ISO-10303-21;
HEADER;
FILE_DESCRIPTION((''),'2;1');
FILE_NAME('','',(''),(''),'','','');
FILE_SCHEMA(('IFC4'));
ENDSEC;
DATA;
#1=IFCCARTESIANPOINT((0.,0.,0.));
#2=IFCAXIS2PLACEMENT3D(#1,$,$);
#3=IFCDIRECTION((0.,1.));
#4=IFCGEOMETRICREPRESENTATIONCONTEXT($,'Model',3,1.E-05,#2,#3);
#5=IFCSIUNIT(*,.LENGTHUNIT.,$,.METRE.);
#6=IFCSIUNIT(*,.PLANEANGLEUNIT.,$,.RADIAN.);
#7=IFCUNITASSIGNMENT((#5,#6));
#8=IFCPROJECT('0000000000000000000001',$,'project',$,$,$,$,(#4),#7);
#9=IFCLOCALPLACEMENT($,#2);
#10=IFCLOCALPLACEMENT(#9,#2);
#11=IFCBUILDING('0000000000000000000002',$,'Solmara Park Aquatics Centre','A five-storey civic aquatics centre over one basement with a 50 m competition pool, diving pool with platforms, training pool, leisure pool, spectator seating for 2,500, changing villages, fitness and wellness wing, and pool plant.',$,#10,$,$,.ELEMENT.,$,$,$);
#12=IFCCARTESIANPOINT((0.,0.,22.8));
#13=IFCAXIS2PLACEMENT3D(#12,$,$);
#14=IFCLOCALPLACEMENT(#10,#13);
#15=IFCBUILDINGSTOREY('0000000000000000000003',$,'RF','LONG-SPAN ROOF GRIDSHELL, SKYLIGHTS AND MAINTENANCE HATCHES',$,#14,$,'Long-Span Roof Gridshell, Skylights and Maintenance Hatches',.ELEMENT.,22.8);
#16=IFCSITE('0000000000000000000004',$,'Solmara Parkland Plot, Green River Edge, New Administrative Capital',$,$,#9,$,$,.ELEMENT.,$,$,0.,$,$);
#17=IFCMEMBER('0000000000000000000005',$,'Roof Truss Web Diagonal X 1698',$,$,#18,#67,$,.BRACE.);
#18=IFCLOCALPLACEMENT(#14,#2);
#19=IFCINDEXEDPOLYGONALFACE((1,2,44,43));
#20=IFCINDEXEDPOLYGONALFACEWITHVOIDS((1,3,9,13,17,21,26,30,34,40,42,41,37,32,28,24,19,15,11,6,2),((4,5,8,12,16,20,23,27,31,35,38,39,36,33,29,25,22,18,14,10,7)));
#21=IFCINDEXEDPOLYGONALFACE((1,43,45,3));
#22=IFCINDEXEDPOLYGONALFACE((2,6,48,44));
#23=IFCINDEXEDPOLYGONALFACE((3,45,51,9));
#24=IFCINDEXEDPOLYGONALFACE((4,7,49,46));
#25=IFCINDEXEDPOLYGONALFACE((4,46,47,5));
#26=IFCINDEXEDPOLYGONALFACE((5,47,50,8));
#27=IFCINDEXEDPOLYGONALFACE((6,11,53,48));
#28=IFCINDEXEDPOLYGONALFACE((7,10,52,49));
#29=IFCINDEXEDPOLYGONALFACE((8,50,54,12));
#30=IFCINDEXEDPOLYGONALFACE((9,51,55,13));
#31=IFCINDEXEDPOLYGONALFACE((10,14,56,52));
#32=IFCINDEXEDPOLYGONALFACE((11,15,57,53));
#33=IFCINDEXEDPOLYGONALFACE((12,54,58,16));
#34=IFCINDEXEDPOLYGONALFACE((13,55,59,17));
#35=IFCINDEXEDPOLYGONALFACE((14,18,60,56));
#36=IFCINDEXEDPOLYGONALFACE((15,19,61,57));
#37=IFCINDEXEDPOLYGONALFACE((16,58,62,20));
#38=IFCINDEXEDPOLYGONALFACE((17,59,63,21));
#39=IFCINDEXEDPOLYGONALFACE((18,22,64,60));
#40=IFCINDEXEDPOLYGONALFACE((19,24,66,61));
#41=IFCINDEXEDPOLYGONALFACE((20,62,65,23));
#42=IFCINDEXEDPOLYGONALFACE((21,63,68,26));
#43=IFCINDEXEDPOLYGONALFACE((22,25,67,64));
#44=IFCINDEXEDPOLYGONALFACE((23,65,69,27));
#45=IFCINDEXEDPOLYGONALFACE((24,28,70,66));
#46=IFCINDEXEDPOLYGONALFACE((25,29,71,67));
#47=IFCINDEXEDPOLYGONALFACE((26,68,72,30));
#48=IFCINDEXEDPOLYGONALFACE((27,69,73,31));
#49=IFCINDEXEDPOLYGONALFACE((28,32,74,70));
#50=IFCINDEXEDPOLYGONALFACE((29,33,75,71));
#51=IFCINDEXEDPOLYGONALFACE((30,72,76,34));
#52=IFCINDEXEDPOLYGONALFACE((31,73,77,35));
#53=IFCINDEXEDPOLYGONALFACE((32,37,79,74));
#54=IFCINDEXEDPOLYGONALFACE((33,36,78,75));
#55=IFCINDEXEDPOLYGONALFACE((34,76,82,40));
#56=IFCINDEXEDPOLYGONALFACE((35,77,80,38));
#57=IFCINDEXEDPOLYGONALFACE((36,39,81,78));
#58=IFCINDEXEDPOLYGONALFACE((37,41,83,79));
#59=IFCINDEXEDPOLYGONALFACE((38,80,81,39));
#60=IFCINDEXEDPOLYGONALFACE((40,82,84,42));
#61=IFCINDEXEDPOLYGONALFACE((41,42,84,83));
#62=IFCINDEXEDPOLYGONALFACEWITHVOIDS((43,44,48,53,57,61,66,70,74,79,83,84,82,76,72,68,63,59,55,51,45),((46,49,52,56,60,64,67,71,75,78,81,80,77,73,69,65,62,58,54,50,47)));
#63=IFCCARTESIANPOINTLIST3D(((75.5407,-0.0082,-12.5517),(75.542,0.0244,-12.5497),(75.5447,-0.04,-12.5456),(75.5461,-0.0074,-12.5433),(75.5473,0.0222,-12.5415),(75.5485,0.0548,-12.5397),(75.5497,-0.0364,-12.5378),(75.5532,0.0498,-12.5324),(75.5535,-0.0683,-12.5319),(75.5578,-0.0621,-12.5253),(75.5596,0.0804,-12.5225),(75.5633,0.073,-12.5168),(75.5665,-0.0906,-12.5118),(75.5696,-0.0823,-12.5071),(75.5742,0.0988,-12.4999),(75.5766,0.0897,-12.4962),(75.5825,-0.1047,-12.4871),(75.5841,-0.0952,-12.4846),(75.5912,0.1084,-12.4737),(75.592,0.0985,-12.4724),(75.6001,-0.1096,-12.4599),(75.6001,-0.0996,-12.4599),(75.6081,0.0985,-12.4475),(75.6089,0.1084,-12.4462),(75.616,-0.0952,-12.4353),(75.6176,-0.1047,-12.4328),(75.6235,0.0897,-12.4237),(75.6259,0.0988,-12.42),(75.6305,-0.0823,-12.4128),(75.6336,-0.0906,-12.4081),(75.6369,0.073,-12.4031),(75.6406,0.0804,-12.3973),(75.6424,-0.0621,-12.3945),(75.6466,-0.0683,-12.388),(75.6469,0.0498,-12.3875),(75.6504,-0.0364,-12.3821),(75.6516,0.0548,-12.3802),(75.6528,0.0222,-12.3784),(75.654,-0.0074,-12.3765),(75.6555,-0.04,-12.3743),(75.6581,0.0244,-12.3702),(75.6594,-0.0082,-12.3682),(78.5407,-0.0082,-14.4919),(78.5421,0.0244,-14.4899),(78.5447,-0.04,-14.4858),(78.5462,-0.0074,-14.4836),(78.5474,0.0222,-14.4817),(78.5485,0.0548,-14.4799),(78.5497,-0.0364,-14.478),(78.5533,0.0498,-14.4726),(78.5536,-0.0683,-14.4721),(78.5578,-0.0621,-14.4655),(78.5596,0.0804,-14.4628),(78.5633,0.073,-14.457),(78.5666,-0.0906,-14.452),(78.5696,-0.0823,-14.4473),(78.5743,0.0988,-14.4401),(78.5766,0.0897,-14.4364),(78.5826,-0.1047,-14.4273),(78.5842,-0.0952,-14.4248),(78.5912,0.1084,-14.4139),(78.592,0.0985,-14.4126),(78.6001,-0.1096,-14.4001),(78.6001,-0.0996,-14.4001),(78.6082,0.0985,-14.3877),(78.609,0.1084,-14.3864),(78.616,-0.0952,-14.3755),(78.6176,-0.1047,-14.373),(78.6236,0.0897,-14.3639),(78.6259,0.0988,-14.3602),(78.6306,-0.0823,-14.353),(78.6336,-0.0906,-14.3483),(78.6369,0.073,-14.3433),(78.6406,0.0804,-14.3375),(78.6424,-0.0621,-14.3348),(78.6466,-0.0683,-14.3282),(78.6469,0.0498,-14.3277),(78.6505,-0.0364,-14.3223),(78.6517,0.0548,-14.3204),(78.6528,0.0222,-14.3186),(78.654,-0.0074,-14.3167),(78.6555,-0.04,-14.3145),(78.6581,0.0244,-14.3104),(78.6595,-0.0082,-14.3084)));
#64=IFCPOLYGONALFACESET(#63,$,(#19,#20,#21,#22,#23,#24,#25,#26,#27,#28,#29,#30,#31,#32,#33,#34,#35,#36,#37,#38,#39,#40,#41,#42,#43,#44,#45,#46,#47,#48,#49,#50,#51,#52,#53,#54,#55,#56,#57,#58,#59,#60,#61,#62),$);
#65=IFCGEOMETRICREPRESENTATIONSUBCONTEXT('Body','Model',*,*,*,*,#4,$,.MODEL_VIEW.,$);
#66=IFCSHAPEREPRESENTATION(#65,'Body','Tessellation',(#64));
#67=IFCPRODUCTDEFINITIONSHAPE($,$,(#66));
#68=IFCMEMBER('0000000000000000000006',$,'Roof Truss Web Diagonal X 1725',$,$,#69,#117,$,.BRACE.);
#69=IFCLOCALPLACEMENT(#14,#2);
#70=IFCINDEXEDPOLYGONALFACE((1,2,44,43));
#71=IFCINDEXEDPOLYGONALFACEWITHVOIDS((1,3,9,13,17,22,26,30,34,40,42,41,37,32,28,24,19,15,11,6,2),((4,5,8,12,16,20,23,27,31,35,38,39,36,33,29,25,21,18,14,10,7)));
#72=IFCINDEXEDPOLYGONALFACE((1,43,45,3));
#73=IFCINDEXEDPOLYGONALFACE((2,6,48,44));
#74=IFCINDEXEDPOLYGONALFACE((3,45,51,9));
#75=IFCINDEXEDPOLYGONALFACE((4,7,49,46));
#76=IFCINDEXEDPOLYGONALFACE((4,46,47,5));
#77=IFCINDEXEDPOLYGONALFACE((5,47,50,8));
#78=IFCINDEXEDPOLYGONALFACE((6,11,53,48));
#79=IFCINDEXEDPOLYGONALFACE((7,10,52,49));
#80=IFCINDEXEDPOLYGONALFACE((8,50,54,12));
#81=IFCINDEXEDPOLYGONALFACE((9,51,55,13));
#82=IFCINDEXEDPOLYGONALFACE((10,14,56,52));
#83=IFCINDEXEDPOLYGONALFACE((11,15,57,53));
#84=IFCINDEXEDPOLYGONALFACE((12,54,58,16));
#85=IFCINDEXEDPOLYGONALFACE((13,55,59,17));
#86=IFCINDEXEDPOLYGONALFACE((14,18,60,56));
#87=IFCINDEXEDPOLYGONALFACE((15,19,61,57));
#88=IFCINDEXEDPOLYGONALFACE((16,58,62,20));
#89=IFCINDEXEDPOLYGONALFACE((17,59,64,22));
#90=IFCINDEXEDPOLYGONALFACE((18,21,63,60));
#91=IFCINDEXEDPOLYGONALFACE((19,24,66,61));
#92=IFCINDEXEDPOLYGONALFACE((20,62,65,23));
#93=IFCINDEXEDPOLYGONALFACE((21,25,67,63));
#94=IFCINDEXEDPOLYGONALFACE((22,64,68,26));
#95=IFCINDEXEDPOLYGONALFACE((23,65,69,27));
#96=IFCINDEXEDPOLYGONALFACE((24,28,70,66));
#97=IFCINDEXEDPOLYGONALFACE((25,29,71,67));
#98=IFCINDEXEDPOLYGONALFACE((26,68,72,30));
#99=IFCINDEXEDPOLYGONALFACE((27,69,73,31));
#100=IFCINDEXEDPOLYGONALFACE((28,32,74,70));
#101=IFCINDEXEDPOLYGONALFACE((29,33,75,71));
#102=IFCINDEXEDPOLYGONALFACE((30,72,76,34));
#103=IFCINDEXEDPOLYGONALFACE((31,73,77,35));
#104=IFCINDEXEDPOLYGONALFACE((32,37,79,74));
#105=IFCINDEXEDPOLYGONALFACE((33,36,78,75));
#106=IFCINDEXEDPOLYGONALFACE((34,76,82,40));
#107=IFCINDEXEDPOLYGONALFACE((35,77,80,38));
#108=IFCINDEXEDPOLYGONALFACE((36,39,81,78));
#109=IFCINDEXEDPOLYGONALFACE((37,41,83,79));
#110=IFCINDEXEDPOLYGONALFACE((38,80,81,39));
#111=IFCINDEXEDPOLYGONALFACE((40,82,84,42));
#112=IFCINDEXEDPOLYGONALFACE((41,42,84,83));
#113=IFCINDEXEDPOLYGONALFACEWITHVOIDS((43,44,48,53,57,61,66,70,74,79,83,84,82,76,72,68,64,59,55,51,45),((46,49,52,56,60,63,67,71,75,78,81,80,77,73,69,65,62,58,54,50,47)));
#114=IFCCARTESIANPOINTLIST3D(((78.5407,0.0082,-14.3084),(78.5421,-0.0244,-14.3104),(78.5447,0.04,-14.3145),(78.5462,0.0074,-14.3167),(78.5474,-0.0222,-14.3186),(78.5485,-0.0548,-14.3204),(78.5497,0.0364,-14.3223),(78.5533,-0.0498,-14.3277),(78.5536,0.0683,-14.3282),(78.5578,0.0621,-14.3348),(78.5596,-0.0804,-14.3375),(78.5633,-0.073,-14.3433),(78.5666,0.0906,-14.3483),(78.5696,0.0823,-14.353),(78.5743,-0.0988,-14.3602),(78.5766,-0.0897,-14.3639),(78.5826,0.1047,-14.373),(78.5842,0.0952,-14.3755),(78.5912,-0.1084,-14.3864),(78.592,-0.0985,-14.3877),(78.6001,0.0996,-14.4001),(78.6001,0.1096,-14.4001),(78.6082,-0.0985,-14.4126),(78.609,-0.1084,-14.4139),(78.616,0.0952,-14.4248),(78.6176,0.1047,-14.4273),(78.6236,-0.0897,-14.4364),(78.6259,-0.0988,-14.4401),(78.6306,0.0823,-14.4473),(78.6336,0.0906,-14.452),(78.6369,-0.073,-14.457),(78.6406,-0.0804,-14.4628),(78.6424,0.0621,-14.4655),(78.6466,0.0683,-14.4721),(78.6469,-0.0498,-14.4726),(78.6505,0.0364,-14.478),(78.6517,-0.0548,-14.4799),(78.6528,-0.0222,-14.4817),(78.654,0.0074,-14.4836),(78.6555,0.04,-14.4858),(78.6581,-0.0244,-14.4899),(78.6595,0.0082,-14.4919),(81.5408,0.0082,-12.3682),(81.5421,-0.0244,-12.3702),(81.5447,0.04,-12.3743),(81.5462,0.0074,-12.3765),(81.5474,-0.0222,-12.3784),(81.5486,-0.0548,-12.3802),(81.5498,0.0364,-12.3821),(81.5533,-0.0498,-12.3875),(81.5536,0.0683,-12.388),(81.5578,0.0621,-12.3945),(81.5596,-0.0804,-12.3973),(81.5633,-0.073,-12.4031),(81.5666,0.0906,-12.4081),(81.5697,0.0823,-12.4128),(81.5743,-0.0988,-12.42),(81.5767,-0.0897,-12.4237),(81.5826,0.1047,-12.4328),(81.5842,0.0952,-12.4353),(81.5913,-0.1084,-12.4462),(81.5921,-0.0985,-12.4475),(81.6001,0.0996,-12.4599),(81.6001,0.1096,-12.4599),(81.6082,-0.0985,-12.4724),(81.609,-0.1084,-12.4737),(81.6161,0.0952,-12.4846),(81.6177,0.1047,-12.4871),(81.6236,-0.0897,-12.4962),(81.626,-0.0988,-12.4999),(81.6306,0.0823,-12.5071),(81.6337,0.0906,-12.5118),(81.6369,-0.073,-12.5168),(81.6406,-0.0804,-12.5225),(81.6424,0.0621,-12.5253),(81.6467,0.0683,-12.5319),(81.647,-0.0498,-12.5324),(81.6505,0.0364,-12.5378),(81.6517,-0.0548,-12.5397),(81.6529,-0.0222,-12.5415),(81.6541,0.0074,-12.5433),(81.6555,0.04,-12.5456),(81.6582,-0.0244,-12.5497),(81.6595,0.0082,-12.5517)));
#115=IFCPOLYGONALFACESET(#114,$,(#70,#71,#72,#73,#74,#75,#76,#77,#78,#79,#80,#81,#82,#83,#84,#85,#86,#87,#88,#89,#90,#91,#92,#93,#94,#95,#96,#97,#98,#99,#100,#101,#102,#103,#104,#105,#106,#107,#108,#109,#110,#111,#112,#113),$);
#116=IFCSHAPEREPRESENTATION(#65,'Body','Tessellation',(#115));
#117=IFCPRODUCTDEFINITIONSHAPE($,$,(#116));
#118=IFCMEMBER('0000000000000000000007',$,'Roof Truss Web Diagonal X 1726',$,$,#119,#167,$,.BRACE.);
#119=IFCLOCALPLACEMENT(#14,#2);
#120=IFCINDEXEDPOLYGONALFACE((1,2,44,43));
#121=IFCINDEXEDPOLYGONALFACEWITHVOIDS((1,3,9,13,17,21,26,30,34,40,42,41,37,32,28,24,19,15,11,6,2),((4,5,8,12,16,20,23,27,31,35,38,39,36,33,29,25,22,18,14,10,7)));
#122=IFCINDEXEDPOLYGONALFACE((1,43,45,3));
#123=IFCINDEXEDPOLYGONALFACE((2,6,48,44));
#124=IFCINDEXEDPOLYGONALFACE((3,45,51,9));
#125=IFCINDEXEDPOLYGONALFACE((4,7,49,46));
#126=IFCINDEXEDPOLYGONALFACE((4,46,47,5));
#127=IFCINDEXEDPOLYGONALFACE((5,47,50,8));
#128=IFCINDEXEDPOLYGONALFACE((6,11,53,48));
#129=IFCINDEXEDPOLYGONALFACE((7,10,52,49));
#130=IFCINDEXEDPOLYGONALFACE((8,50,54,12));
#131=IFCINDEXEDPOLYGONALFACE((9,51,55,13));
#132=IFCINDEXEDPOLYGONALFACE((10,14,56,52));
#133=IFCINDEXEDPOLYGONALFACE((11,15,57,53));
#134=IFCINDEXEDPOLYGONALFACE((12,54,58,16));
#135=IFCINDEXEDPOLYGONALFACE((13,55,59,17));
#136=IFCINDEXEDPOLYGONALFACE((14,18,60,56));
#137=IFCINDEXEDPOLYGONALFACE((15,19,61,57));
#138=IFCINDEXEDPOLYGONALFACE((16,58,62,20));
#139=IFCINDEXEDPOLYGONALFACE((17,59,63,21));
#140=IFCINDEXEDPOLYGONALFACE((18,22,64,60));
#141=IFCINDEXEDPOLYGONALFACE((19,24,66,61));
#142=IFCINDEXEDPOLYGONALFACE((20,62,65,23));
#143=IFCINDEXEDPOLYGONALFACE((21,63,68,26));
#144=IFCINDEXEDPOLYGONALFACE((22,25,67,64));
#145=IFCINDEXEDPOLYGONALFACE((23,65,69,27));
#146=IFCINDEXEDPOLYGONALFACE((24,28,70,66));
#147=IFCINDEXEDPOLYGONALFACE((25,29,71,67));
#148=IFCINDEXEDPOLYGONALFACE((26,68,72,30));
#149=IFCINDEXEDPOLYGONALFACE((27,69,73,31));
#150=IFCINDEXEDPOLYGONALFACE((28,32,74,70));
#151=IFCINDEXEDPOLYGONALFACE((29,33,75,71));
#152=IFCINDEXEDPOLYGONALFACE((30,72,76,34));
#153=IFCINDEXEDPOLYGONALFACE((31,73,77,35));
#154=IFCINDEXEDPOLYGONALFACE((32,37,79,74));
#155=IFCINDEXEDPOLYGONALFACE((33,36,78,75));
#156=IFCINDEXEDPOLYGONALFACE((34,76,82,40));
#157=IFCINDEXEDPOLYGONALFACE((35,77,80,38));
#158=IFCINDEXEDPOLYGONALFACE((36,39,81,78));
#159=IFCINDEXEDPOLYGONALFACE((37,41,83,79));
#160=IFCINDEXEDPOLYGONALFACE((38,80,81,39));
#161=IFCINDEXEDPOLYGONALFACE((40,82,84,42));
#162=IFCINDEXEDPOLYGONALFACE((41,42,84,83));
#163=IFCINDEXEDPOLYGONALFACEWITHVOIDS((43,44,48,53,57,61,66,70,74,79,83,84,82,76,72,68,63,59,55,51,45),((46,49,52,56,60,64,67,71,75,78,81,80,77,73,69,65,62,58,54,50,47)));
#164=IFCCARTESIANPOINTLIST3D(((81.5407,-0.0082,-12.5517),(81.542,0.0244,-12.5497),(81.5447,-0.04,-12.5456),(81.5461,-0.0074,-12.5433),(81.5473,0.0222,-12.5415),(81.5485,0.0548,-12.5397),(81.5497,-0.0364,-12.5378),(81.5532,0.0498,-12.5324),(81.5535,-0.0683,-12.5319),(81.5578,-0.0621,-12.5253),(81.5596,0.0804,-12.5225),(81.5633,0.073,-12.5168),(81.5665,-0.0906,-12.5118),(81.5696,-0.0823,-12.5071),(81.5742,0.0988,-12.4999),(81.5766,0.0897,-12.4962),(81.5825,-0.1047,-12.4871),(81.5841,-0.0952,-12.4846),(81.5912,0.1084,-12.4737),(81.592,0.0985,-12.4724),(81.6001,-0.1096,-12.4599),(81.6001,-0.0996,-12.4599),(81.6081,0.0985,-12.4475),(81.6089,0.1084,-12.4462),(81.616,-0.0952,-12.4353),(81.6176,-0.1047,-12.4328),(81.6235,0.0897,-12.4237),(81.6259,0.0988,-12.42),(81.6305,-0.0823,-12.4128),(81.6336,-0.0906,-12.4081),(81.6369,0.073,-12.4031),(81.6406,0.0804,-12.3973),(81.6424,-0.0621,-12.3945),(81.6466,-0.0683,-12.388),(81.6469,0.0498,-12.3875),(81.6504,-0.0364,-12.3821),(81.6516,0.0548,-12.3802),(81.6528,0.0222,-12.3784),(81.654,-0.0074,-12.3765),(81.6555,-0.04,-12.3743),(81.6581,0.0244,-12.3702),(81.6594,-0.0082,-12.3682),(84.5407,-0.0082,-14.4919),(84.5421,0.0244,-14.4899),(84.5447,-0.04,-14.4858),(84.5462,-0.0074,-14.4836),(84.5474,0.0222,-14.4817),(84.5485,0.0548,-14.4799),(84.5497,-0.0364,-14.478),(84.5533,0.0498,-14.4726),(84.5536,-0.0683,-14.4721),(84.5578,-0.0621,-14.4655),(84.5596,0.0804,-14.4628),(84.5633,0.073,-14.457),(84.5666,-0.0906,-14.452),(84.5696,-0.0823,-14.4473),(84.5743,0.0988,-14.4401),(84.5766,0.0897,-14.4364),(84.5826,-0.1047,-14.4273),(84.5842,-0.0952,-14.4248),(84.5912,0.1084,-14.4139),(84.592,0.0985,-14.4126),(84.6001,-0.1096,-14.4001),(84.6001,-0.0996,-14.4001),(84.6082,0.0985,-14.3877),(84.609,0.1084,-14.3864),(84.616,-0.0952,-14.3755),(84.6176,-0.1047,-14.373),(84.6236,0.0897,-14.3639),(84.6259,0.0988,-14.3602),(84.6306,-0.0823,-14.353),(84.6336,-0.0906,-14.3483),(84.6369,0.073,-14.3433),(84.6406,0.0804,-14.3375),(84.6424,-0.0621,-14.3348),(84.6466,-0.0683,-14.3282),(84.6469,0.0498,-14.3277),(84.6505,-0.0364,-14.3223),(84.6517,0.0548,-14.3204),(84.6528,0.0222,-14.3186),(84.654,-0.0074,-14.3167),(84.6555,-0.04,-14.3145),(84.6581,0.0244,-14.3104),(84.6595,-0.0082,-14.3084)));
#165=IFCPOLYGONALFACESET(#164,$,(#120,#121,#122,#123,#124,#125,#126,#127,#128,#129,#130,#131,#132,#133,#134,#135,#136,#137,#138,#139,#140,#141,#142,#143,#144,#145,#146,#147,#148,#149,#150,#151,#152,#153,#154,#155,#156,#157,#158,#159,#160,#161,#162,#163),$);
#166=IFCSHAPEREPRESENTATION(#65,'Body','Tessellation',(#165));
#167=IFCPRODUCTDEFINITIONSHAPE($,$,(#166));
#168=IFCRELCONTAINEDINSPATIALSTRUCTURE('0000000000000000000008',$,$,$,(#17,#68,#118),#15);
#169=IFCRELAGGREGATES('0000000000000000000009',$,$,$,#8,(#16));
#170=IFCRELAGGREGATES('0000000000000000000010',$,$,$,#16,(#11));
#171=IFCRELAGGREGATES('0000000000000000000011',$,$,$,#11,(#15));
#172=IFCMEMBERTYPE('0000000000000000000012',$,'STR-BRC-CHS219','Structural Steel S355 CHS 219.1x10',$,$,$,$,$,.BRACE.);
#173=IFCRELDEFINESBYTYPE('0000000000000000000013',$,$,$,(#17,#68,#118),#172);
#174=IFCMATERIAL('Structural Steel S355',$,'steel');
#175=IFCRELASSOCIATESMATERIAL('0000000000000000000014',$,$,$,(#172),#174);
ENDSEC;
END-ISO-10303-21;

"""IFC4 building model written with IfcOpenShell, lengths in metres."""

from ifc_helpers import new_model, si_unit, direction, frame, origin, origin_2d, place, context, subcontext, project, spatial, hollow_circle, extrude, material, material_profile, profile_set, type_object, element, save


model = new_model("IFC4")

# Units and contexts
model_context = context("Model", 3, precision=1e-05, world=origin(), true_north=direction((0.0, 1.0)))
body_context = subcontext(model_context, "Body", "Model", "MODEL_VIEW")
ifc_project = project(units=[si_unit("LENGTHUNIT", "METRE"), si_unit("PLANEANGLEUNIT", "RADIAN")], contexts=[model_context])

# Site, building, storey
site_placement = place(None, origin())
site = spatial("IfcSite", under=ifc_project, at=site_placement, Name="Solmara Parkland Plot, Green River Edge, New Administrative Capital", CompositionType="ELEMENT", RefElevation=0.0)
building_placement = place(site_placement, origin())
building = spatial("IfcBuilding", under=site, at=building_placement, Name="Solmara Park Aquatics Centre", Description="A five-storey civic aquatics centre over one basement with a 50 m competition pool, diving pool with platforms, training pool, leisure pool, spectator seating for 2,500, changing villages, fitness and wellness wing, and pool plant.", CompositionType="ELEMENT")
storey_placement = place(building_placement, frame((0.0, 0.0, 22.8)))
storey = spatial("IfcBuildingStorey", under=building, at=storey_placement, Name="RF", Description="LONG-SPAN ROOF GRIDSHELL, SKYLIGHTS AND MAINTENANCE HATCHES", LongName="Long-Span Roof Gridshell, Skylights and Maintenance Hatches", CompositionType="ELEMENT", Elevation=22.8)

# Members
ifc_material_1 = material(Name="Structural Steel S355", Category="steel")
ifc_material_profile_1 = material_profile(ifc_material_1, hollow_circle(Radius=0.1096, WallThickness=0.01, at=origin_2d()), Name="CHS 219.1x10")
ifc_profile_set_1 = profile_set([ifc_material_profile_1], Name="Structural Steel S355")
member_type_1 = type_object("IfcMemberType", Name="STR-BRC-CHS219", Description="Structural Steel S355 CHS 219.1x10", PredefinedType="BRACE", material=ifc_profile_set_1)
for number, where, z_axis, x_axis, name in (
    (1, (78.6001, 0.0, -14.4001), (-0.839697, 0.0, 0.543056), (0.0, -1.0, 0.0), "Roof Truss Web Diagonal X 1698"),
    (2, (78.6001, 0.0, -14.4001), (0.839697, 0.0, 0.543056), (0.0, 1.0, 0.0), "Roof Truss Web Diagonal X 1725"),
    (3, (84.6001, 0.0, -14.4001), (-0.839697, 0.0, 0.543056), (0.0, -1.0, 0.0), "Roof Truss Web Diagonal X 1726"),
):
    element("IfcMember", number, at=place(storey_placement, frame(where, z_axis=z_axis, x_axis=x_axis)), inside=storey, type_object=member_type_1, Name=name, PredefinedType="BRACE", context=body_context, shape_type="SweptSolid", body=[
        extrude(hollow_circle(Radius=0.1096, WallThickness=0.01, at=origin_2d()), origin(), (0.0, 0.0, 1.0), 3.5728),
    ])

save(model, "model.ifc")
